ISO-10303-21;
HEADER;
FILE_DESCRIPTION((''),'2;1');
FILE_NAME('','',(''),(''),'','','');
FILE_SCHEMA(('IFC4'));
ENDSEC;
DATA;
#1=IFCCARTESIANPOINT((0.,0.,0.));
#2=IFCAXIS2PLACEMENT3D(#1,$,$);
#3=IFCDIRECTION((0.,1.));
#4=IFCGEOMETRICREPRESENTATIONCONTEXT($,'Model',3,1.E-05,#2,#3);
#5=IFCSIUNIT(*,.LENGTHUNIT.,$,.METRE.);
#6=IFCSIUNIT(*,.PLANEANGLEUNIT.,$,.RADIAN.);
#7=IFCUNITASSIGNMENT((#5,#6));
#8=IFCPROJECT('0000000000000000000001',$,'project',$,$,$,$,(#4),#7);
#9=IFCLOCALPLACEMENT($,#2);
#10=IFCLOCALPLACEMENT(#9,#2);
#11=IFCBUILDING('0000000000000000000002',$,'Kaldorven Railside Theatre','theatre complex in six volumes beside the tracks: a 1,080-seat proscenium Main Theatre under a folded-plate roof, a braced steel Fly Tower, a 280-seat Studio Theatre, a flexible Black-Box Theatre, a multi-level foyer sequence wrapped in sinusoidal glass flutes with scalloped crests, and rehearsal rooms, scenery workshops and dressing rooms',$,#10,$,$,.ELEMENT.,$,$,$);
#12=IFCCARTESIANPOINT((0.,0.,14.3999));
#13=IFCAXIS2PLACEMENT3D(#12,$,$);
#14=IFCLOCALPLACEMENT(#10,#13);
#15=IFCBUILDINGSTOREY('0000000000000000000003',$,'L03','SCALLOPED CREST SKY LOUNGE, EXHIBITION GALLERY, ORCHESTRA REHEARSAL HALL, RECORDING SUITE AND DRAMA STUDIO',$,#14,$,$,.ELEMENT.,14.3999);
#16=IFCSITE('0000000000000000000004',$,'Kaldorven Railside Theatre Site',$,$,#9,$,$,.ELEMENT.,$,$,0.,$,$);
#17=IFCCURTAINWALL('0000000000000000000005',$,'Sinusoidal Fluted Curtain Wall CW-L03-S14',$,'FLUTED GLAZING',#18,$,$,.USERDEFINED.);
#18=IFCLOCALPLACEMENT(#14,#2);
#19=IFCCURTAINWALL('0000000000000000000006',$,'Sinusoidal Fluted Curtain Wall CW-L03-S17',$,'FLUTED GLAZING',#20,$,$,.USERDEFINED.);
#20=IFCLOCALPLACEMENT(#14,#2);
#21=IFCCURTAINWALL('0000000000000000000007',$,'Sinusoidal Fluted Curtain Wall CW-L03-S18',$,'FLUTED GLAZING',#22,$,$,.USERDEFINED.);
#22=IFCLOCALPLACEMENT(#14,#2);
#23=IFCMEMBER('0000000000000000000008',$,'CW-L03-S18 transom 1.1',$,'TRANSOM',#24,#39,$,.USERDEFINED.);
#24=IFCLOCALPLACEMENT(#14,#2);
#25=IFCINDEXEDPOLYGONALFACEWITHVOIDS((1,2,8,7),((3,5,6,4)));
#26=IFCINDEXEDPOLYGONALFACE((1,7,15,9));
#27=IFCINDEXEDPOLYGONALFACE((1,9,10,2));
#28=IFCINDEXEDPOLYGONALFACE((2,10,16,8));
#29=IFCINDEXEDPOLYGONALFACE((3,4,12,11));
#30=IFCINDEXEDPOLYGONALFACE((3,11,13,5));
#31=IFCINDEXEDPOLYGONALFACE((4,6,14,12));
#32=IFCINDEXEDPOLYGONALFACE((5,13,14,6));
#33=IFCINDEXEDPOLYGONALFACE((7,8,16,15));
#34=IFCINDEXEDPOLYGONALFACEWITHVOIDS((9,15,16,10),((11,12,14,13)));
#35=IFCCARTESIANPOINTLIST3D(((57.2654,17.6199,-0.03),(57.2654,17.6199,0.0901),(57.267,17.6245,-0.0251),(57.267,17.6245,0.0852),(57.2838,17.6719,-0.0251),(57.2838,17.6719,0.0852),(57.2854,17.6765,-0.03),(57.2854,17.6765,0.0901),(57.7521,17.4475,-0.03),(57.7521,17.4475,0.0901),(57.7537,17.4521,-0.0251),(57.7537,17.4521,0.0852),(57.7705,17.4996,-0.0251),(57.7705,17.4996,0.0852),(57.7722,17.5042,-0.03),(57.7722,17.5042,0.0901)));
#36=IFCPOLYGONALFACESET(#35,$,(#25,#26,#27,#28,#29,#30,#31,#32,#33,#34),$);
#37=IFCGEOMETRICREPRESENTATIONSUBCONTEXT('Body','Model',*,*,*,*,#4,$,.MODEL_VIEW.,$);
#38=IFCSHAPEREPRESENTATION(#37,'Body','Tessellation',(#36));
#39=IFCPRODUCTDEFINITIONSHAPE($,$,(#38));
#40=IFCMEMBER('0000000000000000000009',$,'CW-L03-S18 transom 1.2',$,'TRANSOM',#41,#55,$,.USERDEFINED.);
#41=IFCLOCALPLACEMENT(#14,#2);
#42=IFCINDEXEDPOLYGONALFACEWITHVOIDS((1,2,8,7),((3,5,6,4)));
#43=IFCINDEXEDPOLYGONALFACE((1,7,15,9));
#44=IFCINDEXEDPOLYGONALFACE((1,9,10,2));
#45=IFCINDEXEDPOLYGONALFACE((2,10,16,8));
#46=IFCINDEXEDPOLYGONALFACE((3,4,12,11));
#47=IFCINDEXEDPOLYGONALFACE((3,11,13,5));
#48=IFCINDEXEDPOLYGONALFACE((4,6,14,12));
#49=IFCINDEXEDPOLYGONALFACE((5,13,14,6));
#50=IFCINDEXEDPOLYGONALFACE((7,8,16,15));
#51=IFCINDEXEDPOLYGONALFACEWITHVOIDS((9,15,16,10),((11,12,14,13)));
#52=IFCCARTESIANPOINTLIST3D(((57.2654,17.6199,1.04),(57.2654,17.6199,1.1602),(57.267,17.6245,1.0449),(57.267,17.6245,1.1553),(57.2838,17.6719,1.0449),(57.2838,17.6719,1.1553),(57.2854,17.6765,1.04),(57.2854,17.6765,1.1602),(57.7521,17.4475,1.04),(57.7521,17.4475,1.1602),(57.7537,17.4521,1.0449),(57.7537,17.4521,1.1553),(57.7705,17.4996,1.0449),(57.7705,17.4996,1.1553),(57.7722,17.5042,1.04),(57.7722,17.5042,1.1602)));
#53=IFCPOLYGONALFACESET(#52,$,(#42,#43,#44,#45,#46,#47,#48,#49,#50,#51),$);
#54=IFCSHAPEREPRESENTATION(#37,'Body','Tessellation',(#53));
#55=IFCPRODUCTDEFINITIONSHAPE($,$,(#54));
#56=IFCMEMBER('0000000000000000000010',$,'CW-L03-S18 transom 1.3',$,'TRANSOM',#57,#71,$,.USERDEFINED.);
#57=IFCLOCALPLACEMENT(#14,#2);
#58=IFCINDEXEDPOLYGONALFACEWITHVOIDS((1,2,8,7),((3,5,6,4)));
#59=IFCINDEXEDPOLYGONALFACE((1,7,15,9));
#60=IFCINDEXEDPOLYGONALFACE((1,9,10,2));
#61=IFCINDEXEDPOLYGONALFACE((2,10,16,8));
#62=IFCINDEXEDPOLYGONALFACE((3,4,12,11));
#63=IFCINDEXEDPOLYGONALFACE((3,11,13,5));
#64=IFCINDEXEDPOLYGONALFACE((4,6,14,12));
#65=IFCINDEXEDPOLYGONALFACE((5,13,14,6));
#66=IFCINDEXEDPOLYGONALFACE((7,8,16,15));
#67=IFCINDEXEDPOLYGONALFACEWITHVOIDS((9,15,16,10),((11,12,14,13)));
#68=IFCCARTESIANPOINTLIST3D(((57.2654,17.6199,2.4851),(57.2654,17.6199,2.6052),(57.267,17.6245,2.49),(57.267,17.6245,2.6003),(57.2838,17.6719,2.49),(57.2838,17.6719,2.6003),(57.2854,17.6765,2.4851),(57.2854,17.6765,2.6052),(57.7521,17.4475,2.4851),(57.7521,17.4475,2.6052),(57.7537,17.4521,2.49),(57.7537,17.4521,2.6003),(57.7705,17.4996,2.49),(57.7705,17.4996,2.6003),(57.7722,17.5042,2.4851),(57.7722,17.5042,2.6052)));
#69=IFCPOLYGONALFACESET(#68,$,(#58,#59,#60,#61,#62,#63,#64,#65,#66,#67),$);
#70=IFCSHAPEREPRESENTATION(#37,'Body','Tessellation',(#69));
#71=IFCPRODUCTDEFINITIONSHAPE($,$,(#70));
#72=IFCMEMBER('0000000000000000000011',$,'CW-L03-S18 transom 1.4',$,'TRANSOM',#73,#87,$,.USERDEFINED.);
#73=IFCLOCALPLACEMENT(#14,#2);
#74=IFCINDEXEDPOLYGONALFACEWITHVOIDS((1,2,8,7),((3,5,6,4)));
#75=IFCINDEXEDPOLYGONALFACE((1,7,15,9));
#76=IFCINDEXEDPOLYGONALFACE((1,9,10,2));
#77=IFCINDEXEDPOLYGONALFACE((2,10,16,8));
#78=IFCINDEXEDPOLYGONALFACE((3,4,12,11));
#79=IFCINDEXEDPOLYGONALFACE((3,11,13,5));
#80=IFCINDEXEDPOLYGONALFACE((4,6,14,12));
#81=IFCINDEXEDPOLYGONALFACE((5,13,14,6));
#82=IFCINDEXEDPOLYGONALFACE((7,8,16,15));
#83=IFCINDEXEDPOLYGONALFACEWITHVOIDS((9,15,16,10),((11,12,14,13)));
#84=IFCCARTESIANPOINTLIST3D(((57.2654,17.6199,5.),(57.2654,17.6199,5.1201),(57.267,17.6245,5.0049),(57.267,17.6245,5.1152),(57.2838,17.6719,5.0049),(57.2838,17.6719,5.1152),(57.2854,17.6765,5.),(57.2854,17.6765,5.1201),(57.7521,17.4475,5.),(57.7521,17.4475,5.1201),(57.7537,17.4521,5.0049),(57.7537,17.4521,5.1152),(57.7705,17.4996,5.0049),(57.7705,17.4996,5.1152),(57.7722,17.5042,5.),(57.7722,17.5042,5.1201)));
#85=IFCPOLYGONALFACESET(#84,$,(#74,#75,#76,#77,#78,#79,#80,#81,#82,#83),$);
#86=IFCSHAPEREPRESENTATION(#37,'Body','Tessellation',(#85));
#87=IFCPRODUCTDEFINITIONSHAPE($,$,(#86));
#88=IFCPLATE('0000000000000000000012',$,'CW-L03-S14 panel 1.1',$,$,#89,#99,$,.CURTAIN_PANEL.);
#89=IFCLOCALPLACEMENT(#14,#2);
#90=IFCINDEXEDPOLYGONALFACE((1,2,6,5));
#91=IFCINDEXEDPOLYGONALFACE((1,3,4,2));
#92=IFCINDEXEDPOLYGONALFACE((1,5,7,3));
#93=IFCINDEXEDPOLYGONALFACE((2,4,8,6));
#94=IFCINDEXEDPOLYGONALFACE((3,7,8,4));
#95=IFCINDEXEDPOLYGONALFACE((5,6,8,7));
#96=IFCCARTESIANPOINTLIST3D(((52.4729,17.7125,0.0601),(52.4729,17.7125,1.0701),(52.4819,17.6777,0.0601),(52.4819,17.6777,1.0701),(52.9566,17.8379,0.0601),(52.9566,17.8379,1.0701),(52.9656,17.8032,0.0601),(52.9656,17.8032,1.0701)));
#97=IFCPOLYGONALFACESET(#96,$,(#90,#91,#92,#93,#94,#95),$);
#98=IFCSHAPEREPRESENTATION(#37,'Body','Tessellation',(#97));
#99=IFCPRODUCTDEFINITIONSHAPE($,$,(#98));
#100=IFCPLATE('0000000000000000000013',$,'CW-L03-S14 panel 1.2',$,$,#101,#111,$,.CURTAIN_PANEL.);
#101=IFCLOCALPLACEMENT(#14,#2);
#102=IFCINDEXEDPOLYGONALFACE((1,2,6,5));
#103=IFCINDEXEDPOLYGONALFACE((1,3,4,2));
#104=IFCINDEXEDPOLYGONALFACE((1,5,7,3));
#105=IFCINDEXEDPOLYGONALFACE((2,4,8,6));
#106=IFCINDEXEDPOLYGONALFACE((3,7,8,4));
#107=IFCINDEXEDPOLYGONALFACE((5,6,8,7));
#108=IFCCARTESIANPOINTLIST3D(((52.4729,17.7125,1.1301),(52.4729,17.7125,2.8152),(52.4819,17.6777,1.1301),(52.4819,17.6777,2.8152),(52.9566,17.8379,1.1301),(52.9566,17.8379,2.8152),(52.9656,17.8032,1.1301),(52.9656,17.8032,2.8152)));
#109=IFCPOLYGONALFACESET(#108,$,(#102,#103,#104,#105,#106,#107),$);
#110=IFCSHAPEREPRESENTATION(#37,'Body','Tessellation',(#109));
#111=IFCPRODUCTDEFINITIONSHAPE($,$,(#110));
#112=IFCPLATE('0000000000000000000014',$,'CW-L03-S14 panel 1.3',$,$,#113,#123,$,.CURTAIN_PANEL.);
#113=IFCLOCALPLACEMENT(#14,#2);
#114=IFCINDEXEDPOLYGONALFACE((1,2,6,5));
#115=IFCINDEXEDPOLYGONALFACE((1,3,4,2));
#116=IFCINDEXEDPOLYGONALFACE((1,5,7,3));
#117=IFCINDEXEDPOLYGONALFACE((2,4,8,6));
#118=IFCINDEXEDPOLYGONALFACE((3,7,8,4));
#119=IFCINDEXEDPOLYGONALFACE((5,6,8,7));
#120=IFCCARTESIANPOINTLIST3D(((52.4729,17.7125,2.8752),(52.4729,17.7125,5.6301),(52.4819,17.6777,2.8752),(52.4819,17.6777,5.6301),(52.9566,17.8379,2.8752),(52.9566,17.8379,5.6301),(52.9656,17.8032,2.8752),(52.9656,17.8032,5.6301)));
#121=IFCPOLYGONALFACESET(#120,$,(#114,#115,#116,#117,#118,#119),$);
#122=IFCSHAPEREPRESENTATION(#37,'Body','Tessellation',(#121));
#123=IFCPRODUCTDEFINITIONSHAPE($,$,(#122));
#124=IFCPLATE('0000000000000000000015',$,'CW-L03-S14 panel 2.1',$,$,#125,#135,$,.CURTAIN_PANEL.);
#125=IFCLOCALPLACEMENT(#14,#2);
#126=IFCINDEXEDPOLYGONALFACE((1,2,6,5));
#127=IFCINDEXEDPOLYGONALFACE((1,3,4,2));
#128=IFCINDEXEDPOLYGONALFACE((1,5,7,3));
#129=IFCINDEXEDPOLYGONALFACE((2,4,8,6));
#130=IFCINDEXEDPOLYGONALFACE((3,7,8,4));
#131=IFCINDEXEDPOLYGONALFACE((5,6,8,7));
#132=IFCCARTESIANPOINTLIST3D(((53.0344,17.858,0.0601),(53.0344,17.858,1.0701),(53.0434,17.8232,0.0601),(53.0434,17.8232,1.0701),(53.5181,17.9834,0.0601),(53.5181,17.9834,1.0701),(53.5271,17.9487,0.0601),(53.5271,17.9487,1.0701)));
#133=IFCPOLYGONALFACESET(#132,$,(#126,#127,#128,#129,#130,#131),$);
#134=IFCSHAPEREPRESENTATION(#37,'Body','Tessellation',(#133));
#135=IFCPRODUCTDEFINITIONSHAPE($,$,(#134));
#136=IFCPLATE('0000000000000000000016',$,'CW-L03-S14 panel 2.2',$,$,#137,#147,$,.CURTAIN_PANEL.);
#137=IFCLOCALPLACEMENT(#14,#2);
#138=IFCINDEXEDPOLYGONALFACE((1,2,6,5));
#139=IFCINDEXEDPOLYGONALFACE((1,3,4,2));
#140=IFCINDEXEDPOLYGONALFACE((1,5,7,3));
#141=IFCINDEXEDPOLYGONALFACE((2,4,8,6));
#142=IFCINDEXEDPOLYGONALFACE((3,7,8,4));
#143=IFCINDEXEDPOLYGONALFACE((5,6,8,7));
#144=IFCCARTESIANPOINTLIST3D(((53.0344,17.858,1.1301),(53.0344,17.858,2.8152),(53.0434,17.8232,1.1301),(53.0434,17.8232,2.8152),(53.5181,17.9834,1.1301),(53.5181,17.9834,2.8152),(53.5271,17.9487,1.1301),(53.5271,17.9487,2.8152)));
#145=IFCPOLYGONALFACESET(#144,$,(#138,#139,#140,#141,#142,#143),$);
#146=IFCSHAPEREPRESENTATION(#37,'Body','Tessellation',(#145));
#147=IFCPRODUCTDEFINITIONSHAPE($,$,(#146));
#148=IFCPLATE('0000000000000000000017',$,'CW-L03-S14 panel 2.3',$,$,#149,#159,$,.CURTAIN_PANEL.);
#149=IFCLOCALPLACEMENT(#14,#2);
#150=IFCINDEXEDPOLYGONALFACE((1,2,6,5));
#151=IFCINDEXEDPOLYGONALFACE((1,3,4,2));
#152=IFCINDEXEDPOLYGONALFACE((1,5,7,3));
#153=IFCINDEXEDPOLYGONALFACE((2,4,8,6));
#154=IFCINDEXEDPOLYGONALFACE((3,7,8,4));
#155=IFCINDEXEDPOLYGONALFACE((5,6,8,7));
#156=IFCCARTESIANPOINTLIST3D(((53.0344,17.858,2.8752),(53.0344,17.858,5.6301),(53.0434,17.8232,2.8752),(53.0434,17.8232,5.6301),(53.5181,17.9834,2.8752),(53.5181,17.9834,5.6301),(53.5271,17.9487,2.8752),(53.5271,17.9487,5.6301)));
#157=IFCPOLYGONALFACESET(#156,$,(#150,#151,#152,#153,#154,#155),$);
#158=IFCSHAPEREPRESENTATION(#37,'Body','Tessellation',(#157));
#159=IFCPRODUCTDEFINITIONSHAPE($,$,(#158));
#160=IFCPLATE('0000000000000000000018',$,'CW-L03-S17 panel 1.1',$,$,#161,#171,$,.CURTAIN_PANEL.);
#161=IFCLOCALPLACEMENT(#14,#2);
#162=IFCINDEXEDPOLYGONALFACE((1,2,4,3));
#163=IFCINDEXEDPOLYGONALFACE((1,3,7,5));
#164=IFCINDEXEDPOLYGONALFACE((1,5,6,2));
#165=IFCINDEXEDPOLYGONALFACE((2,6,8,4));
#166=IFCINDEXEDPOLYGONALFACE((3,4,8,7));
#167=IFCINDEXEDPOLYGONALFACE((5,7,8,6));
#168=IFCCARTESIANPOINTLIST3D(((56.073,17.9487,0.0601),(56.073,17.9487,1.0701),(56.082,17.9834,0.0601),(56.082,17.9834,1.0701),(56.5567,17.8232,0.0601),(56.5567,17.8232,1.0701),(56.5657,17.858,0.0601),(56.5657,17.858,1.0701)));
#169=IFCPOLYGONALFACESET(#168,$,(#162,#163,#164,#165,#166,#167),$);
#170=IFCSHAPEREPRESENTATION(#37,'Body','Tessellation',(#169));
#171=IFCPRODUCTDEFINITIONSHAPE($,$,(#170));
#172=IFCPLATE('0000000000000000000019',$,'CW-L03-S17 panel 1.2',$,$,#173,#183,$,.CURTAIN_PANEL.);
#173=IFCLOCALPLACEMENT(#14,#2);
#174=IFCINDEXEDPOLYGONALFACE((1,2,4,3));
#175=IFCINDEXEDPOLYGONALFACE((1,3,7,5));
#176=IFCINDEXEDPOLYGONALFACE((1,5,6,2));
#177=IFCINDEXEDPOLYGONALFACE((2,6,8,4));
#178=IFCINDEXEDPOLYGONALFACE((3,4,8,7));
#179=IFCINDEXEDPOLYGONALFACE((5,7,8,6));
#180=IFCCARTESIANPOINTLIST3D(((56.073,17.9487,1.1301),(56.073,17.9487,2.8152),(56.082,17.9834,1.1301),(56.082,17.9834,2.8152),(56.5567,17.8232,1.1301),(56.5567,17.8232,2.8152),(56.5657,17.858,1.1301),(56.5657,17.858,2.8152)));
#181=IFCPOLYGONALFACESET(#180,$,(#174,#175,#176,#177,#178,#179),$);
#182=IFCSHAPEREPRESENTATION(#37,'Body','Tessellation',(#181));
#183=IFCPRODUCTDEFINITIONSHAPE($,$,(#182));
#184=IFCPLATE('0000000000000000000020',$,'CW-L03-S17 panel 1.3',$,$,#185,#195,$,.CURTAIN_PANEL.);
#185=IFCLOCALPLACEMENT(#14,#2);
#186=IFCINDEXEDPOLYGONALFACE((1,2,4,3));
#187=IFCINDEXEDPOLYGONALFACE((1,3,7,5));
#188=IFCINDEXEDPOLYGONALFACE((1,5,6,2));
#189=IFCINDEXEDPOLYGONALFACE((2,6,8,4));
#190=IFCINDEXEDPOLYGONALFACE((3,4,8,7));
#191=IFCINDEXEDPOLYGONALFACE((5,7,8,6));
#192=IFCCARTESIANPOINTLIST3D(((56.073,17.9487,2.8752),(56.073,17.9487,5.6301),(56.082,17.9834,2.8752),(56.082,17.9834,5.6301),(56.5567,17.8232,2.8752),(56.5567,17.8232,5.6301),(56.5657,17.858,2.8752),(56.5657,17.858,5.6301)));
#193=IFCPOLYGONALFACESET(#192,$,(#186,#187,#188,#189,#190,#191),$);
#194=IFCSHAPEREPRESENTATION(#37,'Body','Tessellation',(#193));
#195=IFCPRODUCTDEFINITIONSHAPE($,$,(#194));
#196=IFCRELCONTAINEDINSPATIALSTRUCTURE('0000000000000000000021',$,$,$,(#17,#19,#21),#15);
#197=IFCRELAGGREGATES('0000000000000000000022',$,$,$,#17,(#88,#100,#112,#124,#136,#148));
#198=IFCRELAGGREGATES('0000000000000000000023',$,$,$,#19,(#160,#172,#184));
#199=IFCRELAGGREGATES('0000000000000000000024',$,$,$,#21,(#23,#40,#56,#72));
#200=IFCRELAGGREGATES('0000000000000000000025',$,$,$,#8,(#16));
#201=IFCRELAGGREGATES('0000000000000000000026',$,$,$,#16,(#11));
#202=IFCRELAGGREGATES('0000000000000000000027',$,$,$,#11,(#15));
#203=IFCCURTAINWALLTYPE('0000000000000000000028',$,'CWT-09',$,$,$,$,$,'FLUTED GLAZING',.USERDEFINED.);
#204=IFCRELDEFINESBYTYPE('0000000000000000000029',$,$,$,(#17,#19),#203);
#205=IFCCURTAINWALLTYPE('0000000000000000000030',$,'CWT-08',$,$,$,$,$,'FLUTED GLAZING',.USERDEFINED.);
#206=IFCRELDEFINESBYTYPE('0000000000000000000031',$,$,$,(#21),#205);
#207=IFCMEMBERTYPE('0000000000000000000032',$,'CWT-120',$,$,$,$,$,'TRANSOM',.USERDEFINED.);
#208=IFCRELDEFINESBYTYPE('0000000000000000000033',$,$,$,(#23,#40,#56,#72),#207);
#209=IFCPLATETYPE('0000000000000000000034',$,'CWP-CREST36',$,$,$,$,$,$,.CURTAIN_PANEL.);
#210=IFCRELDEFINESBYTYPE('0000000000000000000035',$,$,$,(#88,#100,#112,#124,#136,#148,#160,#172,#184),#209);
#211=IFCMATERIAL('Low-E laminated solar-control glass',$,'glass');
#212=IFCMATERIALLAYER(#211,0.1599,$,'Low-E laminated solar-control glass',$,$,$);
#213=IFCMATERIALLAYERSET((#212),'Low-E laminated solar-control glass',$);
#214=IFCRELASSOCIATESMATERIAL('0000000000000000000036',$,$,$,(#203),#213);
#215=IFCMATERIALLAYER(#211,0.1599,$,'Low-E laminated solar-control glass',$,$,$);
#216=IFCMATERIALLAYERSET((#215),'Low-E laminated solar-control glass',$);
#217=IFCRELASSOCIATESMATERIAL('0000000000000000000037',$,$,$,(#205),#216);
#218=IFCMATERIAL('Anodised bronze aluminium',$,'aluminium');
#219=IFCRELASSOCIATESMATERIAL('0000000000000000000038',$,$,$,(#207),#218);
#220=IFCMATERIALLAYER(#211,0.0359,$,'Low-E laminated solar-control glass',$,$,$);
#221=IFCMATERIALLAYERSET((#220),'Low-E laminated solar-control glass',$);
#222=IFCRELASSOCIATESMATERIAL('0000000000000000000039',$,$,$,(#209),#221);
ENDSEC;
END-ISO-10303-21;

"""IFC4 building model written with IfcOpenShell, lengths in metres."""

from ifc_helpers import new_model, si_unit, direction, frame, origin, origin_2d, place, context, subcontext, project, spatial, rectangle, hollow_rectangle, extrude, material, layer, layer_set, material_profile, profile_set, type_object, element, aggregate, save


model = new_model("IFC4")

# Units and contexts
model_context = context("Model", 3, precision=1e-05, world=origin(), true_north=direction((0.0, 1.0)))
body_context = subcontext(model_context, "Body", "Model", "MODEL_VIEW")
ifc_project = project(units=[si_unit("LENGTHUNIT", "METRE"), si_unit("PLANEANGLEUNIT", "RADIAN")], contexts=[model_context])

# Site, building, storey
site_placement = place(None, origin())
site = spatial("IfcSite", under=ifc_project, at=site_placement, Name="Kaldorven Railside Theatre Site", CompositionType="ELEMENT", RefElevation=0.0)
building_placement = place(site_placement, origin())
building = spatial("IfcBuilding", under=site, at=building_placement, Name="Kaldorven Railside Theatre", Description="theatre complex in six volumes beside the tracks: a 1,080-seat proscenium Main Theatre under a folded-plate roof, a braced steel Fly Tower, a 280-seat Studio Theatre, a flexible Black-Box Theatre, a multi-level foyer sequence wrapped in sinusoidal glass flutes with scalloped crests, and rehearsal rooms, scenery workshops and dressing rooms", CompositionType="ELEMENT")
storey_placement = place(building_placement, frame((0.0, 0.0, 14.3999)))
storey = spatial("IfcBuildingStorey", under=building, at=storey_placement, Name="L03", Description="SCALLOPED CREST SKY LOUNGE, EXHIBITION GALLERY, ORCHESTRA REHEARSAL HALL, RECORDING SUITE AND DRAMA STUDIO", CompositionType="ELEMENT", Elevation=14.3999)

# Curtain walls
ifc_material_1 = material(Name="Low-E laminated solar-control glass", Category="glass")
ifc_layer_1 = layer(ifc_material_1, 0.1599, Name="Low-E laminated solar-control glass")
ifc_layer_set_1 = layer_set([ifc_layer_1], Name="Low-E laminated solar-control glass")
curtain_wall_type_1 = type_object("IfcCurtainWallType", Name="CWT-09", ElementType="FLUTED GLAZING", PredefinedType="USERDEFINED", material=ifc_layer_set_1)
curtain_wall_1_placement = place(storey_placement, origin())
curtain_wall_1 = element("IfcCurtainWall", 1, at=curtain_wall_1_placement, inside=storey, type_object=curtain_wall_type_1, Name="Sinusoidal Fluted Curtain Wall CW-L03-S14", ObjectType="FLUTED GLAZING", PredefinedType="USERDEFINED")
ifc_material_2 = material(Name="Anodised bronze aluminium", Category="aluminium")
curtain_wall_2_placement = place(storey_placement, origin())
curtain_wall_2 = element("IfcCurtainWall", 2, at=curtain_wall_2_placement, inside=storey, type_object=curtain_wall_type_1, Name="Sinusoidal Fluted Curtain Wall CW-L03-S17", ObjectType="FLUTED GLAZING", PredefinedType="USERDEFINED")

# Curtain wall
ifc_layer_2 = layer(ifc_material_1, 0.1599, Name="Low-E laminated solar-control glass")
ifc_layer_set_2 = layer_set([ifc_layer_2], Name="Low-E laminated solar-control glass")
curtain_wall_type_2 = type_object("IfcCurtainWallType", Name="CWT-08", ElementType="FLUTED GLAZING", PredefinedType="USERDEFINED", material=ifc_layer_set_2)
curtain_wall_3_placement = place(storey_placement, origin())
curtain_wall_3 = element("IfcCurtainWall", 3, at=curtain_wall_3_placement, inside=storey, type_object=curtain_wall_type_2, Name="Sinusoidal Fluted Curtain Wall CW-L03-S18", ObjectType="FLUTED GLAZING", PredefinedType="USERDEFINED")

# Members
ifc_material_profile_1 = material_profile(ifc_material_2, hollow_rectangle(XDim=0.0601, YDim=0.1201, WallThickness=0.0049, at=origin_2d()), Name="RHS 120x60x5")
ifc_profile_set_1 = profile_set([ifc_material_profile_1], Name="Anodised bronze aluminium")
member_type_1 = type_object("IfcMemberType", Name="CWT-120", ElementType="TRANSOM", PredefinedType="USERDEFINED", material=ifc_profile_set_1)
member_1_placement = place(storey_placement, frame((57.2754, 17.6482, 0.03), z_axis=(0.942658, -0.33376, 0.0), x_axis=(0.33376, 0.942658, 0.0)))
member_1 = element("IfcMember", 4, at=member_1_placement, type_object=member_type_1, Name="CW-L03-S18 transom 1.1", ObjectType="TRANSOM", PredefinedType="USERDEFINED", context=body_context, shape_type="SweptSolid", body=[
    extrude(hollow_rectangle(XDim=0.0601, YDim=0.1201, WallThickness=0.0049, at=origin_2d()), origin(), (0.0, 0.0, 1.0), 0.5164),
])
member_2_placement = place(storey_placement, frame((57.2754, 17.6482, 1.1001), z_axis=(0.942658, -0.33376, 0.0), x_axis=(0.33376, 0.942658, 0.0)))
member_2 = element("IfcMember", 5, at=member_2_placement, type_object=member_type_1, Name="CW-L03-S18 transom 1.2", ObjectType="TRANSOM", PredefinedType="USERDEFINED", context=body_context, shape_type="SweptSolid", body=[
    extrude(hollow_rectangle(XDim=0.0601, YDim=0.1201, WallThickness=0.0049, at=origin_2d()), origin(), (0.0, 0.0, 1.0), 0.5164),
])
member_3_placement = place(storey_placement, frame((57.2754, 17.6482, 2.5452), z_axis=(0.942658, -0.33376, 0.0), x_axis=(0.33376, 0.942658, 0.0)))
member_3 = element("IfcMember", 6, at=member_3_placement, type_object=member_type_1, Name="CW-L03-S18 transom 1.3", ObjectType="TRANSOM", PredefinedType="USERDEFINED", context=body_context, shape_type="SweptSolid", body=[
    extrude(hollow_rectangle(XDim=0.0601, YDim=0.1201, WallThickness=0.0049, at=origin_2d()), origin(), (0.0, 0.0, 1.0), 0.5164),
])
member_4_placement = place(storey_placement, frame((57.2754, 17.6482, 5.0601), z_axis=(0.942658, -0.33376, 0.0), x_axis=(0.33376, 0.942658, 0.0)))
member_4 = element("IfcMember", 7, at=member_4_placement, type_object=member_type_1, Name="CW-L03-S18 transom 1.4", ObjectType="TRANSOM", PredefinedType="USERDEFINED", context=body_context, shape_type="SweptSolid", body=[
    extrude(hollow_rectangle(XDim=0.0601, YDim=0.1201, WallThickness=0.0049, at=origin_2d()), origin(), (0.0, 0.0, 1.0), 0.5164),
])

# Plates
ifc_layer_3 = layer(ifc_material_1, 0.0359, Name="Low-E laminated solar-control glass")
ifc_layer_set_3 = layer_set([ifc_layer_3], Name="Low-E laminated solar-control glass")
plate_type = type_object("IfcPlateType", Name="CWP-CREST36", PredefinedType="CURTAIN_PANEL", material=ifc_layer_set_3)
plate_1_placement = place(storey_placement, frame((52.7192, 17.7578, 0.0601), z_axis=(0.0, 0.0, 1.0), x_axis=(0.967999, 0.250954, 0.0)))
plate_1 = element("IfcPlate", 8, at=plate_1_placement, type_object=plate_type, Name="CW-L03-S14 panel 1.1", PredefinedType="CURTAIN_PANEL", context=body_context, shape_type="SweptSolid", body=[
    extrude(rectangle(XDim=0.4998, YDim=0.0359, at=origin_2d()), origin(), (0.0, 0.0, 1.0), 1.01),
])
plate_2_placement = place(storey_placement, frame((52.7192, 17.7578, 1.1301), z_axis=(0.0, 0.0, 1.0), x_axis=(0.967999, 0.250954, 0.0)))
plate_2 = element("IfcPlate", 9, at=plate_2_placement, type_object=plate_type, Name="CW-L03-S14 panel 1.2", PredefinedType="CURTAIN_PANEL", context=body_context, shape_type="SweptSolid", body=[
    extrude(rectangle(XDim=0.4998, YDim=0.0359, at=origin_2d()), origin(), (0.0, 0.0, 1.0), 1.6851),
])
plate_3_placement = place(storey_placement, frame((52.7192, 17.7578, 2.8752), z_axis=(0.0, 0.0, 1.0), x_axis=(0.967999, 0.250954, 0.0)))
plate_3 = element("IfcPlate", 10, at=plate_3_placement, type_object=plate_type, Name="CW-L03-S14 panel 1.3", PredefinedType="CURTAIN_PANEL", context=body_context, shape_type="SweptSolid", body=[
    extrude(rectangle(XDim=0.4998, YDim=0.0359, at=origin_2d()), origin(), (0.0, 0.0, 1.0), 2.7549),
])
plate_4_placement = place(storey_placement, frame((53.2808, 17.9033, 0.0601), z_axis=(0.0, 0.0, 1.0), x_axis=(0.967999, 0.250954, 0.0)))
plate_4 = element("IfcPlate", 11, at=plate_4_placement, type_object=plate_type, Name="CW-L03-S14 panel 2.1", PredefinedType="CURTAIN_PANEL", context=body_context, shape_type="SweptSolid", body=[
    extrude(rectangle(XDim=0.4998, YDim=0.0359, at=origin_2d()), origin(), (0.0, 0.0, 1.0), 1.01),
])
plate_5_placement = place(storey_placement, frame((53.2808, 17.9033, 1.1301), z_axis=(0.0, 0.0, 1.0), x_axis=(0.967999, 0.250954, 0.0)))
plate_5 = element("IfcPlate", 12, at=plate_5_placement, type_object=plate_type, Name="CW-L03-S14 panel 2.2", PredefinedType="CURTAIN_PANEL", context=body_context, shape_type="SweptSolid", body=[
    extrude(rectangle(XDim=0.4998, YDim=0.0359, at=origin_2d()), origin(), (0.0, 0.0, 1.0), 1.6851),
])
plate_6_placement = place(storey_placement, frame((53.2808, 17.9033, 2.8752), z_axis=(0.0, 0.0, 1.0), x_axis=(0.967999, 0.250954, 0.0)))
plate_6 = element("IfcPlate", 13, at=plate_6_placement, type_object=plate_type, Name="CW-L03-S14 panel 2.3", PredefinedType="CURTAIN_PANEL", context=body_context, shape_type="SweptSolid", body=[
    extrude(rectangle(XDim=0.4998, YDim=0.0359, at=origin_2d()), origin(), (0.0, 0.0, 1.0), 2.7549),
])
aggregate(curtain_wall_1, [plate_1, plate_2, plate_3, plate_4, plate_5, plate_6])
plate_7_placement = place(storey_placement, frame((56.3193, 17.9033, 0.0601), z_axis=(0.0, 0.0, 1.0), x_axis=(0.967999, -0.250954, 0.0)))
plate_7 = element("IfcPlate", 14, at=plate_7_placement, type_object=plate_type, Name="CW-L03-S17 panel 1.1", PredefinedType="CURTAIN_PANEL", context=body_context, shape_type="SweptSolid", body=[
    extrude(rectangle(XDim=0.4998, YDim=0.0359, at=origin_2d()), origin(), (0.0, 0.0, 1.0), 1.01),
])
plate_8_placement = place(storey_placement, frame((56.3193, 17.9033, 1.1301), z_axis=(0.0, 0.0, 1.0), x_axis=(0.967999, -0.250954, 0.0)))
plate_8 = element("IfcPlate", 15, at=plate_8_placement, type_object=plate_type, Name="CW-L03-S17 panel 1.2", PredefinedType="CURTAIN_PANEL", context=body_context, shape_type="SweptSolid", body=[
    extrude(rectangle(XDim=0.4998, YDim=0.0359, at=origin_2d()), origin(), (0.0, 0.0, 1.0), 1.6851),
])
plate_9_placement = place(storey_placement, frame((56.3193, 17.9033, 2.8752), z_axis=(0.0, 0.0, 1.0), x_axis=(0.967999, -0.250954, 0.0)))
plate_9 = element("IfcPlate", 16, at=plate_9_placement, type_object=plate_type, Name="CW-L03-S17 panel 1.3", PredefinedType="CURTAIN_PANEL", context=body_context, shape_type="SweptSolid", body=[
    extrude(rectangle(XDim=0.4998, YDim=0.0359, at=origin_2d()), origin(), (0.0, 0.0, 1.0), 2.7549),
])
aggregate(curtain_wall_2, [plate_7, plate_8, plate_9])
aggregate(curtain_wall_3, [member_1, member_2, member_3, member_4])

save(model, "model.ifc")
